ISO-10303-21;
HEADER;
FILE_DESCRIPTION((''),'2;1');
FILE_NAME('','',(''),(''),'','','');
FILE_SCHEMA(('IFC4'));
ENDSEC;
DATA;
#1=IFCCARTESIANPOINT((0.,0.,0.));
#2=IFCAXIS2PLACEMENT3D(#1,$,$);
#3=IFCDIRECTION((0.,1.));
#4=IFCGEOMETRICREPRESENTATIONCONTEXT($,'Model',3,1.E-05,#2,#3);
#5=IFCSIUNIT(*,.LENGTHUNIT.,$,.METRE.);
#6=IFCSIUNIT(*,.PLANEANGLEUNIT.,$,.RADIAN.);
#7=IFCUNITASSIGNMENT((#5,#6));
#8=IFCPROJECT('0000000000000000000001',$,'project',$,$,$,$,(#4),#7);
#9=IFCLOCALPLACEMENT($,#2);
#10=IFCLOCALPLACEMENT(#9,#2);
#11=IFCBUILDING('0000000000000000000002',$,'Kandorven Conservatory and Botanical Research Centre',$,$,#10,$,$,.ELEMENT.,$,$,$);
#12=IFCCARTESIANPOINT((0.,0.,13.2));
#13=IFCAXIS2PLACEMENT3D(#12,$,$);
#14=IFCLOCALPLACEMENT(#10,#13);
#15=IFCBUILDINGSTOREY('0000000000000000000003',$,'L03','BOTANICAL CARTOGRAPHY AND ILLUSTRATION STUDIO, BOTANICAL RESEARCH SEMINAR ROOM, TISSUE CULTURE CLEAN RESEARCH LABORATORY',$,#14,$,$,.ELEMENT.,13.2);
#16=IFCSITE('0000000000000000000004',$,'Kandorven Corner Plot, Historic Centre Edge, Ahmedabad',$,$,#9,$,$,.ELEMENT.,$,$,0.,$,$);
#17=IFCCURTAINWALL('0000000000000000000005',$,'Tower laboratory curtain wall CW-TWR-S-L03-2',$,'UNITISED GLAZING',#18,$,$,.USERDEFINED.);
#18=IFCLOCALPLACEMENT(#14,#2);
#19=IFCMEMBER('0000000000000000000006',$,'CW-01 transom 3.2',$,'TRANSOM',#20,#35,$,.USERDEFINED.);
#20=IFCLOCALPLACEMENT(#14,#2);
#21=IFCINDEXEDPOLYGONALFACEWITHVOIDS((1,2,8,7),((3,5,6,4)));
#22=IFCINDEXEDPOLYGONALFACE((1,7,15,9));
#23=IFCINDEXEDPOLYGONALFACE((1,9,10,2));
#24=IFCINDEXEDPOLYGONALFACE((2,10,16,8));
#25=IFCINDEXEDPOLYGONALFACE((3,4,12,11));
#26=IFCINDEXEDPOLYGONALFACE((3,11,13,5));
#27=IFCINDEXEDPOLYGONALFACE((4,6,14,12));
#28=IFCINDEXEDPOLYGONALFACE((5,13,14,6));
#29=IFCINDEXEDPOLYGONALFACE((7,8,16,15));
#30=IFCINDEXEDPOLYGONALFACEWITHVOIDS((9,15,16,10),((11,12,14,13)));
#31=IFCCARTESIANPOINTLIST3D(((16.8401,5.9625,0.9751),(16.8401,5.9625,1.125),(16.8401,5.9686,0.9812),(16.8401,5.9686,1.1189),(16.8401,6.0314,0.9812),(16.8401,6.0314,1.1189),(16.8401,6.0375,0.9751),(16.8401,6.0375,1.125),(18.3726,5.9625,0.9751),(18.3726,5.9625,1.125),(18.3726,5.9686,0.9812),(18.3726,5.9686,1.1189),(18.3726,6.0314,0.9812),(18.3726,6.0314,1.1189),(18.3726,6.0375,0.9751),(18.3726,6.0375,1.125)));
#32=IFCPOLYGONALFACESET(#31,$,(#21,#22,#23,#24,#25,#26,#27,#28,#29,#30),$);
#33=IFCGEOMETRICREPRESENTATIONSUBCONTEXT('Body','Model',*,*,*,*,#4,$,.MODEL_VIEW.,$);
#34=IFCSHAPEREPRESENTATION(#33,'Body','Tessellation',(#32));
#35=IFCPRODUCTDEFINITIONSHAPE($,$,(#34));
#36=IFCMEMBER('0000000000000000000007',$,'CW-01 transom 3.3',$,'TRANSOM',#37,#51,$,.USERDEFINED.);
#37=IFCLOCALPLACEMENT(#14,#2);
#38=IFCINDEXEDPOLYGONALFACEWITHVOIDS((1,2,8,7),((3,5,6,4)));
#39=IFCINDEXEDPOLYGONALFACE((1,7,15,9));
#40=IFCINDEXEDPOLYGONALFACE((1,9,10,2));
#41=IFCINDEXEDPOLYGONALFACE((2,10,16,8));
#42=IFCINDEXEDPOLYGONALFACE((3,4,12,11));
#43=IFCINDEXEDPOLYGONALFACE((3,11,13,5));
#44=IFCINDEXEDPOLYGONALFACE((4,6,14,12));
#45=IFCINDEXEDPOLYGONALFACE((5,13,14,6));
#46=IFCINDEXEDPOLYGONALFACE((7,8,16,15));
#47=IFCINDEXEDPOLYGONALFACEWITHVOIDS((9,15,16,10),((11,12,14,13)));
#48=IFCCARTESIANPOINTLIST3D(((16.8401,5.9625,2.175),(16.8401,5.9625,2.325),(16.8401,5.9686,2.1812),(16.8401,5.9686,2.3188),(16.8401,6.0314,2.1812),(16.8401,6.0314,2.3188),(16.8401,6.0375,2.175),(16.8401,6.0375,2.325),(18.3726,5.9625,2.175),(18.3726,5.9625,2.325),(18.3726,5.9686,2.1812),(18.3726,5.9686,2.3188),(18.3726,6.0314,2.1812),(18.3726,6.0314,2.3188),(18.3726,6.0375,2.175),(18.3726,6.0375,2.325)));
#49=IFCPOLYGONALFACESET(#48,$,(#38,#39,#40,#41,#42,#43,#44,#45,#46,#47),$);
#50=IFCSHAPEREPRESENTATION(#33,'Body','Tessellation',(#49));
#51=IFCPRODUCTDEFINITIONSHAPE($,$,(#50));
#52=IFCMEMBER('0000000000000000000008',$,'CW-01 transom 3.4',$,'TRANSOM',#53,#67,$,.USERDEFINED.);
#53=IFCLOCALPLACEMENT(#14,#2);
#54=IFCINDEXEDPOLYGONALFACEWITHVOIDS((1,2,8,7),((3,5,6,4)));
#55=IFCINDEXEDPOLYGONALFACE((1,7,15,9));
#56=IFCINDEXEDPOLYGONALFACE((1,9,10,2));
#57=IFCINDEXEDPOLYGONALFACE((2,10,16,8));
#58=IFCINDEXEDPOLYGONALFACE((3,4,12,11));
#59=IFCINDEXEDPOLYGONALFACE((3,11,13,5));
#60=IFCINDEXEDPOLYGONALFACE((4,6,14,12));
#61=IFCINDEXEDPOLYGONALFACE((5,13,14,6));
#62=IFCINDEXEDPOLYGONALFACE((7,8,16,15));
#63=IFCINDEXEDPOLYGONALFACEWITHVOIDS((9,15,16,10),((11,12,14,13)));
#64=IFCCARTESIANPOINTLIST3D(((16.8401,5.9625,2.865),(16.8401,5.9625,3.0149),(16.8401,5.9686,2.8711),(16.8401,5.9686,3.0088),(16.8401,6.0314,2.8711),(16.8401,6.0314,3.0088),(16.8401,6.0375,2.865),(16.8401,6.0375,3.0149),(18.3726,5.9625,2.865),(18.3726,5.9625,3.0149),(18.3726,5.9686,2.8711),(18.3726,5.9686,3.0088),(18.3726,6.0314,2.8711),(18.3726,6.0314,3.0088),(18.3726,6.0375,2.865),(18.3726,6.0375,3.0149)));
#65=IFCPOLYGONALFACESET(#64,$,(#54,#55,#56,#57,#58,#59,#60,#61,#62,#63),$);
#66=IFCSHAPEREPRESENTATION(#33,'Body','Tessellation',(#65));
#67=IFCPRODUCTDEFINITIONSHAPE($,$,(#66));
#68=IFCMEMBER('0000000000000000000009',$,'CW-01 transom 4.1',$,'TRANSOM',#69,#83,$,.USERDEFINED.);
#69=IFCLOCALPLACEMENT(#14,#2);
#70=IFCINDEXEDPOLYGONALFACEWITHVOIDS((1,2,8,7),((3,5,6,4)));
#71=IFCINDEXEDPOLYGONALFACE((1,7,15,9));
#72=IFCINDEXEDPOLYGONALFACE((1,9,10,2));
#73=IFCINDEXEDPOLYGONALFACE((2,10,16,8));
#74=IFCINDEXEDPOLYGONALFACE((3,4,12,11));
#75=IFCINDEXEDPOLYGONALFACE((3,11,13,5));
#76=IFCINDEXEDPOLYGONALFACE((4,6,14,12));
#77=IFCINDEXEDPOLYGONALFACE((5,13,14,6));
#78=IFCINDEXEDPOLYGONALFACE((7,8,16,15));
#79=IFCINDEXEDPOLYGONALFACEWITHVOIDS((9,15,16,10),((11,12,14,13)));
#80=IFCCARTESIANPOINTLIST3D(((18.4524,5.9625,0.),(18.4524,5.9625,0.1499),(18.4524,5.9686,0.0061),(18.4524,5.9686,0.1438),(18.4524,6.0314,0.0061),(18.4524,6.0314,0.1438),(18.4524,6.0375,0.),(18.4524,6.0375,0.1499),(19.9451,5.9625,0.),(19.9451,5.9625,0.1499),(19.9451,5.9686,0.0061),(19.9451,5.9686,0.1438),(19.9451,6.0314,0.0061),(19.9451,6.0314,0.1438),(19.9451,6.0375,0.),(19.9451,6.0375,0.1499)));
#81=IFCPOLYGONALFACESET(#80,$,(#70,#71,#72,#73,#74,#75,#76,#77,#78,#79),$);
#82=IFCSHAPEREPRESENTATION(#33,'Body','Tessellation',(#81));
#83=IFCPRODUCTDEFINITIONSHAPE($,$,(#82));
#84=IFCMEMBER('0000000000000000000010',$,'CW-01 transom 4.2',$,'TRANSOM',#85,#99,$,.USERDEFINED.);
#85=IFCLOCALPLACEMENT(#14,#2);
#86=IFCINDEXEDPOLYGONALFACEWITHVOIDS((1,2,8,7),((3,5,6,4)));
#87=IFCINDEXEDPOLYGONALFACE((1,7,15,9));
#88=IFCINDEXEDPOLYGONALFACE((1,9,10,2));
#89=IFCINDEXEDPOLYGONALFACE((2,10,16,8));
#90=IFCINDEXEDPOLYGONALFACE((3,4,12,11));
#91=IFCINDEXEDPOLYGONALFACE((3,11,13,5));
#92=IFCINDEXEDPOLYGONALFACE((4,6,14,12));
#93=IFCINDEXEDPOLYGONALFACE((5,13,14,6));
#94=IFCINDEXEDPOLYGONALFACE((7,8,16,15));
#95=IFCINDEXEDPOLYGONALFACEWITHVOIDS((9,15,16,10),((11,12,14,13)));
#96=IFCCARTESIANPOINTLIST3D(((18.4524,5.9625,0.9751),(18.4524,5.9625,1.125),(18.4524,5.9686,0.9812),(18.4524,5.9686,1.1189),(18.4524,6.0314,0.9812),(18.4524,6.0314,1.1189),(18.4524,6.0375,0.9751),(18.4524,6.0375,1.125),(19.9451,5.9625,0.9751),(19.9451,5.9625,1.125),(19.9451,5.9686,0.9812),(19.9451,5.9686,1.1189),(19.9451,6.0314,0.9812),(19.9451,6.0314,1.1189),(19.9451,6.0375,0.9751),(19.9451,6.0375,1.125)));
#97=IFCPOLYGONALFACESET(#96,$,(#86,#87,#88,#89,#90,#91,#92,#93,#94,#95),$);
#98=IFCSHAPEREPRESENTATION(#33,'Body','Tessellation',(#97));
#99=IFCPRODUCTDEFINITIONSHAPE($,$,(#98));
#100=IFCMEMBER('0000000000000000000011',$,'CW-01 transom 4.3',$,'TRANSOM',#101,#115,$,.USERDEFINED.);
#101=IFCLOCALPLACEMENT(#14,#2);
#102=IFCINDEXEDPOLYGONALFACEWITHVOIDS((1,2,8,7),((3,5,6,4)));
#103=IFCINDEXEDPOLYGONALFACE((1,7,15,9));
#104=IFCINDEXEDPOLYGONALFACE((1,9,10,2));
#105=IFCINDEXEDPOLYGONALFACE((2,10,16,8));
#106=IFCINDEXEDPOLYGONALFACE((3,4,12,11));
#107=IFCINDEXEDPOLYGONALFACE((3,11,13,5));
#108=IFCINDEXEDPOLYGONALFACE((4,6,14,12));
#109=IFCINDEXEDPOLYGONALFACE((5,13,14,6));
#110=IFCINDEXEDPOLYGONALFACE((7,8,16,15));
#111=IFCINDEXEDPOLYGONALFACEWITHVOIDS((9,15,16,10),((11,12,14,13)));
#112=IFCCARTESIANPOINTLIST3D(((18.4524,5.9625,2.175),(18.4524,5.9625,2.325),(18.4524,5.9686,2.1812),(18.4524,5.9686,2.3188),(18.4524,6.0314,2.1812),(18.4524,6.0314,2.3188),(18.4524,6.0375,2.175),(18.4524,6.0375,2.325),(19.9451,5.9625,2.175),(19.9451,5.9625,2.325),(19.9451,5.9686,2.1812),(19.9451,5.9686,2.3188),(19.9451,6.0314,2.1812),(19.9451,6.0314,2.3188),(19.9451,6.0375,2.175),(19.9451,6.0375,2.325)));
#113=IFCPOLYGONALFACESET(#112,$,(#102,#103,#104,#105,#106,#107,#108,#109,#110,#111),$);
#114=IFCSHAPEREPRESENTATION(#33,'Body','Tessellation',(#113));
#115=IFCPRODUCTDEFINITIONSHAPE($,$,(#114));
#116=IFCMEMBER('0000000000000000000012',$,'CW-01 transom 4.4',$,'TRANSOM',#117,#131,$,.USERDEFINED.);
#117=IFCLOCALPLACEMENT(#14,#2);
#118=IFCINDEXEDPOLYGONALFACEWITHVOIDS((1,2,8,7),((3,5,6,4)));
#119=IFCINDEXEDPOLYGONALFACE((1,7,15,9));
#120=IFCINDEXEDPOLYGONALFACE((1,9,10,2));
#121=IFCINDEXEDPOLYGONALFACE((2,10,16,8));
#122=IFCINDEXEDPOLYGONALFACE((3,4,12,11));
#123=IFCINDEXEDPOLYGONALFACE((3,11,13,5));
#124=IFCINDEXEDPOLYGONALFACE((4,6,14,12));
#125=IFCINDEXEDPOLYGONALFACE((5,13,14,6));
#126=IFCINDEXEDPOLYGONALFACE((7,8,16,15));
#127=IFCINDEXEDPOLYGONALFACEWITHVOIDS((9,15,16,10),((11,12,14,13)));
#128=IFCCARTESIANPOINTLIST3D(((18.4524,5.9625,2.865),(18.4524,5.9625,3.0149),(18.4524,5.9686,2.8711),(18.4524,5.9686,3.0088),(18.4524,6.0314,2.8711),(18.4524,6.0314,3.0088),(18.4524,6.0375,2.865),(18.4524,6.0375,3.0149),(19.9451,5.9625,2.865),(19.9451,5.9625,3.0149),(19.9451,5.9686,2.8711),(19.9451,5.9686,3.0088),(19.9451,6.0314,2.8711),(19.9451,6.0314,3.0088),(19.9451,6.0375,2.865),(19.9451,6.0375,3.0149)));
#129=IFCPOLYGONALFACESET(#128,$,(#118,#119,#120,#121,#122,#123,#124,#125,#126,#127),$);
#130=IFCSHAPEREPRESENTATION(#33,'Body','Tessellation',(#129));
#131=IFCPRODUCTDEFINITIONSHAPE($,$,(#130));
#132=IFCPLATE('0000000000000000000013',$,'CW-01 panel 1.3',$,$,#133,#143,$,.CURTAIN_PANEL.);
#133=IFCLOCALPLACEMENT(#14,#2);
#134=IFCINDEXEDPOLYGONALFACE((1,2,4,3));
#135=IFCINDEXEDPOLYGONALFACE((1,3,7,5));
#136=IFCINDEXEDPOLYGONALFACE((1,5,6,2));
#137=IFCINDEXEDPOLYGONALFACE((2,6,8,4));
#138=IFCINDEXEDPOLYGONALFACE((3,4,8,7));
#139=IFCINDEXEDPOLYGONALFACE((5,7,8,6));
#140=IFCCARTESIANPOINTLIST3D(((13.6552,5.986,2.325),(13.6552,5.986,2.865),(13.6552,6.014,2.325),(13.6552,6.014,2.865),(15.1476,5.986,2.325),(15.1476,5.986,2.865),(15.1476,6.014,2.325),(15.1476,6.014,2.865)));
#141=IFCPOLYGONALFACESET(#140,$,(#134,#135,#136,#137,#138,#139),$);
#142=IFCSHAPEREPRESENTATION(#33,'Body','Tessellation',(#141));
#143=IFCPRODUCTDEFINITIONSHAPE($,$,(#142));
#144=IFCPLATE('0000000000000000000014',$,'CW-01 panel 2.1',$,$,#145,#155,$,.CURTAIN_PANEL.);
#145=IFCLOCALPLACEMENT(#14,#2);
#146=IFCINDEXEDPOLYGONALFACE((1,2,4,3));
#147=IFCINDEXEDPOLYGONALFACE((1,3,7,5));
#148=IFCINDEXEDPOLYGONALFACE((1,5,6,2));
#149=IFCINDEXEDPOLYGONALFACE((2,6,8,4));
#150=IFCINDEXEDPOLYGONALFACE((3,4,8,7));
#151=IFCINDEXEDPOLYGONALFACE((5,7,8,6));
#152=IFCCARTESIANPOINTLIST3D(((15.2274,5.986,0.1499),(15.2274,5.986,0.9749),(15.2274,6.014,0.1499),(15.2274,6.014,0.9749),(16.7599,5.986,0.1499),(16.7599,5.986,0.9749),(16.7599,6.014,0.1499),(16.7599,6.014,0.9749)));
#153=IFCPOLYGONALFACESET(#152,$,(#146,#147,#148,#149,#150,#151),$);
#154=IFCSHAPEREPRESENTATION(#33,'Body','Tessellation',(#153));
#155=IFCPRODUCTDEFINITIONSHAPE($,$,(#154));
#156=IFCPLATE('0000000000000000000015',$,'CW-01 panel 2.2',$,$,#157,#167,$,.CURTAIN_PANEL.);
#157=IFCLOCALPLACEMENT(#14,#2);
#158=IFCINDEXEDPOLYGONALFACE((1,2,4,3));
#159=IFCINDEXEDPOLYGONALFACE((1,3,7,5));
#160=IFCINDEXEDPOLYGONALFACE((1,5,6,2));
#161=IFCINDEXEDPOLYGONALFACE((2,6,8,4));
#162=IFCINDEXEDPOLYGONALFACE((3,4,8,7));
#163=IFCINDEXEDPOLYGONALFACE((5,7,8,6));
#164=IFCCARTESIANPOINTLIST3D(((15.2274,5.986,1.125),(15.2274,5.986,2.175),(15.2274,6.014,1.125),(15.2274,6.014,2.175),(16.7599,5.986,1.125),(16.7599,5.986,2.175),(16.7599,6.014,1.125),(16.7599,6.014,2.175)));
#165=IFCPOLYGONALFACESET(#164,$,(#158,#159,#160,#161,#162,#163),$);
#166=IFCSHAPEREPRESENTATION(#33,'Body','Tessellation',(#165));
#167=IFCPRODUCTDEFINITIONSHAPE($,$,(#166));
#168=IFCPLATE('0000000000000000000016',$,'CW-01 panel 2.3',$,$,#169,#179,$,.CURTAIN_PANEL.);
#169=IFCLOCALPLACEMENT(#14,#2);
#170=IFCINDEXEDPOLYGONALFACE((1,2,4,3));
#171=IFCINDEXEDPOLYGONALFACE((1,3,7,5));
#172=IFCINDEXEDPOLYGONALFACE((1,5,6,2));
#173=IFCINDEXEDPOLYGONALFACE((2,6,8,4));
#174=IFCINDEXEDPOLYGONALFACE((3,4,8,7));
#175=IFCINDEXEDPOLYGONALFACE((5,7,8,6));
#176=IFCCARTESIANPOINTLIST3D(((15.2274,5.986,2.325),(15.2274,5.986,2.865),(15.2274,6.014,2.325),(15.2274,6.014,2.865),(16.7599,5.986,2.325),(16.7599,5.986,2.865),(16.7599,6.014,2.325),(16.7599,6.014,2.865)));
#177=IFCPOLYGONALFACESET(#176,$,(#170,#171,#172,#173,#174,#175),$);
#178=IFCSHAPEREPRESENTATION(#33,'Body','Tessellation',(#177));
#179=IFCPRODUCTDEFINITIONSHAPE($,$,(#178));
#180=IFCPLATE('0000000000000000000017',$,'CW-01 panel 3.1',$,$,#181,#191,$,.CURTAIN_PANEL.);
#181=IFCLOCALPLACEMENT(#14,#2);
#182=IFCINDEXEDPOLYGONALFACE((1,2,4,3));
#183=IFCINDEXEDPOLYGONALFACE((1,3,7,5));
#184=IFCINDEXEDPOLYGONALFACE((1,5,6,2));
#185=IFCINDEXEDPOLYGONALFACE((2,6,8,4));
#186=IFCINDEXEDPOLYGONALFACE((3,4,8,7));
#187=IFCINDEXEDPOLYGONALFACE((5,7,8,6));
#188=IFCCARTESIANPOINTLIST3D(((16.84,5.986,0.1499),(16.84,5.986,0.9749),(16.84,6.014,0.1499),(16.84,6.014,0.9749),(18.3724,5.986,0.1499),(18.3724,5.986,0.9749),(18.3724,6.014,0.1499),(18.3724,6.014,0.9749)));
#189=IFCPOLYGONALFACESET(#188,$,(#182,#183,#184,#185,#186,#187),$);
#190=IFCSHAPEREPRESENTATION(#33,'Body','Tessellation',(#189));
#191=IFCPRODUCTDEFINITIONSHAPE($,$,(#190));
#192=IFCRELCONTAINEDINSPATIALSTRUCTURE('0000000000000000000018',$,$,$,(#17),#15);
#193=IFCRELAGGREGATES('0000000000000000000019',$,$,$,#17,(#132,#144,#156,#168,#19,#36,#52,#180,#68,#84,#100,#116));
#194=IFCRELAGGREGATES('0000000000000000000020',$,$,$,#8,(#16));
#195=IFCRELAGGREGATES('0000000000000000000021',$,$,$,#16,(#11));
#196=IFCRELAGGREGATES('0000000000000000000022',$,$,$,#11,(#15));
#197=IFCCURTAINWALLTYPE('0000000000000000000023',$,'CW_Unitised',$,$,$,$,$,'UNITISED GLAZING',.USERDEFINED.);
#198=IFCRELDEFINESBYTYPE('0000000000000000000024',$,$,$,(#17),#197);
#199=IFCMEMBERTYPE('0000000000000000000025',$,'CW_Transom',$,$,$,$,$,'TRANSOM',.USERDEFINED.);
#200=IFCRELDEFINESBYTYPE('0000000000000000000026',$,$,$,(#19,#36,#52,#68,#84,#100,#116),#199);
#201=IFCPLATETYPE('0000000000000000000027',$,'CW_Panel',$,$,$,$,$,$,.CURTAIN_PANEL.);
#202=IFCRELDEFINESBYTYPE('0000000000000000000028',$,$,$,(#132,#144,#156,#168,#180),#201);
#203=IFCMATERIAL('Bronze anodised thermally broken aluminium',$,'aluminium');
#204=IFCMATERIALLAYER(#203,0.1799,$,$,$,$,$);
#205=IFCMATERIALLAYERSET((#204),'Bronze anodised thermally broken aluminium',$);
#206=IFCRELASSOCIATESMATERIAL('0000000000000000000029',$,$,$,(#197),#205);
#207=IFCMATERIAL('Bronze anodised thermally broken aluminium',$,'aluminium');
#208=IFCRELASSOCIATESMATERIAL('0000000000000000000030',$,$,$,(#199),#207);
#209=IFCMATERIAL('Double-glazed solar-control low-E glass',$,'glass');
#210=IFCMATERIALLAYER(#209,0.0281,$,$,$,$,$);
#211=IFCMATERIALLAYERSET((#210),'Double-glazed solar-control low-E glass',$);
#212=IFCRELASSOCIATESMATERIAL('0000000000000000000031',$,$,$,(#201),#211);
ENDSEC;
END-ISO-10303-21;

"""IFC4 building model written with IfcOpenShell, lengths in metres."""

from ifc_helpers import new_model, si_unit, direction, frame, origin, origin_2d, place, context, subcontext, project, spatial, rectangle, hollow_rectangle, extrude, material, layer, layer_set, material_profile, profile_set, type_object, element, aggregate, save


model = new_model("IFC4")

# Units and contexts
model_context = context("Model", 3, precision=1e-05, world=origin(), true_north=direction((0.0, 1.0)))
body_context = subcontext(model_context, "Body", "Model", "MODEL_VIEW")
ifc_project = project(units=[si_unit("LENGTHUNIT", "METRE"), si_unit("PLANEANGLEUNIT", "RADIAN")], contexts=[model_context])

# Site, building, storey
site_placement = place(None, origin())
site = spatial("IfcSite", under=ifc_project, at=site_placement, Name="Kandorven Corner Plot, Historic Centre Edge, Ahmedabad", CompositionType="ELEMENT", RefElevation=0.0)
building_placement = place(site_placement, origin())
building = spatial("IfcBuilding", under=site, at=building_placement, Name="Kandorven Conservatory and Botanical Research Centre", CompositionType="ELEMENT")
storey_placement = place(building_placement, frame((0.0, 0.0, 13.2)))
storey = spatial("IfcBuildingStorey", under=building, at=storey_placement, Name="L03", Description="BOTANICAL CARTOGRAPHY AND ILLUSTRATION STUDIO, BOTANICAL RESEARCH SEMINAR ROOM, TISSUE CULTURE CLEAN RESEARCH LABORATORY", CompositionType="ELEMENT", Elevation=13.2)

# Curtain wall, members, plates
ifc_material_1 = material(Name="Bronze anodised thermally broken aluminium", Category="aluminium")
ifc_layer_1 = layer(ifc_material_1, 0.1799)
ifc_layer_set_1 = layer_set([ifc_layer_1], Name="Bronze anodised thermally broken aluminium")
curtain_wall_type = type_object("IfcCurtainWallType", Name="CW_Unitised", ElementType="UNITISED GLAZING", PredefinedType="USERDEFINED", material=ifc_layer_set_1)
curtain_wall_placement = place(storey_placement, origin())
curtain_wall = element("IfcCurtainWall", 1, at=curtain_wall_placement, inside=storey, type_object=curtain_wall_type, Name="Tower laboratory curtain wall CW-TWR-S-L03-2", ObjectType="UNITISED GLAZING", PredefinedType="USERDEFINED")
ifc_material_2 = material(Name="Bronze anodised thermally broken aluminium", Category="aluminium")
ifc_material_profile_1 = material_profile(ifc_material_2, hollow_rectangle(XDim=0.075, YDim=0.1499, WallThickness=0.0061, at=origin_2d()))
ifc_profile_set_1 = profile_set([ifc_material_profile_1], Name="Bronze anodised thermally broken aluminium")
member_type_1 = type_object("IfcMemberType", Name="CW_Transom", ElementType="TRANSOM", PredefinedType="USERDEFINED", material=ifc_profile_set_1)
member_1_placement = place(storey_placement, frame((16.8401, 6.0, 1.05), z_axis=(1.0, 0.0, 0.0), x_axis=(0.0, 1.0, 0.0)))
member_1 = element("IfcMember", 2, at=member_1_placement, type_object=member_type_1, Name="CW-01 transom 3.2", ObjectType="TRANSOM", PredefinedType="USERDEFINED", context=body_context, shape_type="SweptSolid", body=[
    extrude(hollow_rectangle(XDim=0.075, YDim=0.1499, WallThickness=0.0061, at=origin_2d()), origin(), (0.0, 0.0, 1.0), 1.5325),
])
member_2_placement = place(storey_placement, frame((16.8401, 6.0, 2.25), z_axis=(1.0, 0.0, 0.0), x_axis=(0.0, 1.0, 0.0)))
member_2 = element("IfcMember", 3, at=member_2_placement, type_object=member_type_1, Name="CW-01 transom 3.3", ObjectType="TRANSOM", PredefinedType="USERDEFINED", context=body_context, shape_type="SweptSolid", body=[
    extrude(hollow_rectangle(XDim=0.075, YDim=0.1499, WallThickness=0.0061, at=origin_2d()), origin(), (0.0, 0.0, 1.0), 1.5325),
])
member_3_placement = place(storey_placement, frame((16.8401, 6.0, 2.9399), z_axis=(1.0, 0.0, 0.0), x_axis=(0.0, 1.0, 0.0)))
member_3 = element("IfcMember", 4, at=member_3_placement, type_object=member_type_1, Name="CW-01 transom 3.4", ObjectType="TRANSOM", PredefinedType="USERDEFINED", context=body_context, shape_type="SweptSolid", body=[
    extrude(hollow_rectangle(XDim=0.075, YDim=0.1499, WallThickness=0.0061, at=origin_2d()), origin(), (0.0, 0.0, 1.0), 1.5325),
])
member_4_placement = place(storey_placement, frame((18.4524, 6.0, 0.075), z_axis=(1.0, 0.0, 0.0), x_axis=(0.0, 1.0, 0.0)))
member_4 = element("IfcMember", 5, at=member_4_placement, type_object=member_type_1, Name="CW-01 transom 4.1", ObjectType="TRANSOM", PredefinedType="USERDEFINED", context=body_context, shape_type="SweptSolid", body=[
    extrude(hollow_rectangle(XDim=0.075, YDim=0.1499, WallThickness=0.0061, at=origin_2d()), origin(), (0.0, 0.0, 1.0), 1.4927),
])
member_5_placement = place(storey_placement, frame((18.4524, 6.0, 1.05), z_axis=(1.0, 0.0, 0.0), x_axis=(0.0, 1.0, 0.0)))
member_5 = element("IfcMember", 6, at=member_5_placement, type_object=member_type_1, Name="CW-01 transom 4.2", ObjectType="TRANSOM", PredefinedType="USERDEFINED", context=body_context, shape_type="SweptSolid", body=[
    extrude(hollow_rectangle(XDim=0.075, YDim=0.1499, WallThickness=0.0061, at=origin_2d()), origin(), (0.0, 0.0, 1.0), 1.4927),
])
member_6_placement = place(storey_placement, frame((18.4524, 6.0, 2.25), z_axis=(1.0, 0.0, 0.0), x_axis=(0.0, 1.0, 0.0)))
member_6 = element("IfcMember", 7, at=member_6_placement, type_object=member_type_1, Name="CW-01 transom 4.3", ObjectType="TRANSOM", PredefinedType="USERDEFINED", context=body_context, shape_type="SweptSolid", body=[
    extrude(hollow_rectangle(XDim=0.075, YDim=0.1499, WallThickness=0.0061, at=origin_2d()), origin(), (0.0, 0.0, 1.0), 1.4927),
])
member_7_placement = place(storey_placement, frame((18.4524, 6.0, 2.9399), z_axis=(1.0, 0.0, 0.0), x_axis=(0.0, 1.0, 0.0)))
member_7 = element("IfcMember", 8, at=member_7_placement, type_object=member_type_1, Name="CW-01 transom 4.4", ObjectType="TRANSOM", PredefinedType="USERDEFINED", context=body_context, shape_type="SweptSolid", body=[
    extrude(hollow_rectangle(XDim=0.075, YDim=0.1499, WallThickness=0.0061, at=origin_2d()), origin(), (0.0, 0.0, 1.0), 1.4927),
])
ifc_material_3 = material(Name="Double-glazed solar-control low-E glass", Category="glass")
ifc_layer_2 = layer(ifc_material_3, 0.0281)
ifc_layer_set_2 = layer_set([ifc_layer_2], Name="Double-glazed solar-control low-E glass")
plate_type_1 = type_object("IfcPlateType", Name="CW_Panel", PredefinedType="CURTAIN_PANEL", material=ifc_layer_set_2)
plate_1_placement = place(storey_placement, frame((14.4014, 6.0, 2.325), z_axis=(0.0, 0.0, 1.0), x_axis=(1.0, 0.0, 0.0)))
plate_1 = element("IfcPlate", 9, at=plate_1_placement, type_object=plate_type_1, Name="CW-01 panel 1.3", PredefinedType="CURTAIN_PANEL", context=body_context, shape_type="SweptSolid", body=[
    extrude(rectangle(XDim=1.4924, YDim=0.0281, at=origin_2d()), origin(), (0.0, 0.0, 1.0), 0.54),
])
plate_2_placement = place(storey_placement, frame((15.9937, 6.0, 0.1499), z_axis=(0.0, 0.0, 1.0), x_axis=(1.0, 0.0, 0.0)))
plate_2 = element("IfcPlate", 10, at=plate_2_placement, type_object=plate_type_1, Name="CW-01 panel 2.1", PredefinedType="CURTAIN_PANEL", context=body_context, shape_type="SweptSolid", body=[
    extrude(rectangle(XDim=1.5325, YDim=0.0281, at=origin_2d()), origin(), (0.0, 0.0, 1.0), 0.825),
])
plate_3_placement = place(storey_placement, frame((15.9937, 6.0, 1.125), z_axis=(0.0, 0.0, 1.0), x_axis=(1.0, 0.0, 0.0)))
plate_3 = element("IfcPlate", 11, at=plate_3_placement, type_object=plate_type_1, Name="CW-01 panel 2.2", PredefinedType="CURTAIN_PANEL", context=body_context, shape_type="SweptSolid", body=[
    extrude(rectangle(XDim=1.5325, YDim=0.0281, at=origin_2d()), origin(), (0.0, 0.0, 1.0), 1.05),
])
plate_4_placement = place(storey_placement, frame((15.9937, 6.0, 2.325), z_axis=(0.0, 0.0, 1.0), x_axis=(1.0, 0.0, 0.0)))
plate_4 = element("IfcPlate", 12, at=plate_4_placement, type_object=plate_type_1, Name="CW-01 panel 2.3", PredefinedType="CURTAIN_PANEL", context=body_context, shape_type="SweptSolid", body=[
    extrude(rectangle(XDim=1.5325, YDim=0.0281, at=origin_2d()), origin(), (0.0, 0.0, 1.0), 0.54),
])
plate_5_placement = place(storey_placement, frame((17.6062, 6.0, 0.1499), z_axis=(0.0, 0.0, 1.0), x_axis=(1.0, 0.0, 0.0)))
plate_5 = element("IfcPlate", 13, at=plate_5_placement, type_object=plate_type_1, Name="CW-01 panel 3.1", PredefinedType="CURTAIN_PANEL", context=body_context, shape_type="SweptSolid", body=[
    extrude(rectangle(XDim=1.5325, YDim=0.0281, at=origin_2d()), origin(), (0.0, 0.0, 1.0), 0.825),
])
aggregate(curtain_wall, [plate_1, plate_2, plate_3, plate_4, member_1, member_2, member_3, plate_5, member_4, member_5, member_6, member_7])

save(model, "model.ifc")
